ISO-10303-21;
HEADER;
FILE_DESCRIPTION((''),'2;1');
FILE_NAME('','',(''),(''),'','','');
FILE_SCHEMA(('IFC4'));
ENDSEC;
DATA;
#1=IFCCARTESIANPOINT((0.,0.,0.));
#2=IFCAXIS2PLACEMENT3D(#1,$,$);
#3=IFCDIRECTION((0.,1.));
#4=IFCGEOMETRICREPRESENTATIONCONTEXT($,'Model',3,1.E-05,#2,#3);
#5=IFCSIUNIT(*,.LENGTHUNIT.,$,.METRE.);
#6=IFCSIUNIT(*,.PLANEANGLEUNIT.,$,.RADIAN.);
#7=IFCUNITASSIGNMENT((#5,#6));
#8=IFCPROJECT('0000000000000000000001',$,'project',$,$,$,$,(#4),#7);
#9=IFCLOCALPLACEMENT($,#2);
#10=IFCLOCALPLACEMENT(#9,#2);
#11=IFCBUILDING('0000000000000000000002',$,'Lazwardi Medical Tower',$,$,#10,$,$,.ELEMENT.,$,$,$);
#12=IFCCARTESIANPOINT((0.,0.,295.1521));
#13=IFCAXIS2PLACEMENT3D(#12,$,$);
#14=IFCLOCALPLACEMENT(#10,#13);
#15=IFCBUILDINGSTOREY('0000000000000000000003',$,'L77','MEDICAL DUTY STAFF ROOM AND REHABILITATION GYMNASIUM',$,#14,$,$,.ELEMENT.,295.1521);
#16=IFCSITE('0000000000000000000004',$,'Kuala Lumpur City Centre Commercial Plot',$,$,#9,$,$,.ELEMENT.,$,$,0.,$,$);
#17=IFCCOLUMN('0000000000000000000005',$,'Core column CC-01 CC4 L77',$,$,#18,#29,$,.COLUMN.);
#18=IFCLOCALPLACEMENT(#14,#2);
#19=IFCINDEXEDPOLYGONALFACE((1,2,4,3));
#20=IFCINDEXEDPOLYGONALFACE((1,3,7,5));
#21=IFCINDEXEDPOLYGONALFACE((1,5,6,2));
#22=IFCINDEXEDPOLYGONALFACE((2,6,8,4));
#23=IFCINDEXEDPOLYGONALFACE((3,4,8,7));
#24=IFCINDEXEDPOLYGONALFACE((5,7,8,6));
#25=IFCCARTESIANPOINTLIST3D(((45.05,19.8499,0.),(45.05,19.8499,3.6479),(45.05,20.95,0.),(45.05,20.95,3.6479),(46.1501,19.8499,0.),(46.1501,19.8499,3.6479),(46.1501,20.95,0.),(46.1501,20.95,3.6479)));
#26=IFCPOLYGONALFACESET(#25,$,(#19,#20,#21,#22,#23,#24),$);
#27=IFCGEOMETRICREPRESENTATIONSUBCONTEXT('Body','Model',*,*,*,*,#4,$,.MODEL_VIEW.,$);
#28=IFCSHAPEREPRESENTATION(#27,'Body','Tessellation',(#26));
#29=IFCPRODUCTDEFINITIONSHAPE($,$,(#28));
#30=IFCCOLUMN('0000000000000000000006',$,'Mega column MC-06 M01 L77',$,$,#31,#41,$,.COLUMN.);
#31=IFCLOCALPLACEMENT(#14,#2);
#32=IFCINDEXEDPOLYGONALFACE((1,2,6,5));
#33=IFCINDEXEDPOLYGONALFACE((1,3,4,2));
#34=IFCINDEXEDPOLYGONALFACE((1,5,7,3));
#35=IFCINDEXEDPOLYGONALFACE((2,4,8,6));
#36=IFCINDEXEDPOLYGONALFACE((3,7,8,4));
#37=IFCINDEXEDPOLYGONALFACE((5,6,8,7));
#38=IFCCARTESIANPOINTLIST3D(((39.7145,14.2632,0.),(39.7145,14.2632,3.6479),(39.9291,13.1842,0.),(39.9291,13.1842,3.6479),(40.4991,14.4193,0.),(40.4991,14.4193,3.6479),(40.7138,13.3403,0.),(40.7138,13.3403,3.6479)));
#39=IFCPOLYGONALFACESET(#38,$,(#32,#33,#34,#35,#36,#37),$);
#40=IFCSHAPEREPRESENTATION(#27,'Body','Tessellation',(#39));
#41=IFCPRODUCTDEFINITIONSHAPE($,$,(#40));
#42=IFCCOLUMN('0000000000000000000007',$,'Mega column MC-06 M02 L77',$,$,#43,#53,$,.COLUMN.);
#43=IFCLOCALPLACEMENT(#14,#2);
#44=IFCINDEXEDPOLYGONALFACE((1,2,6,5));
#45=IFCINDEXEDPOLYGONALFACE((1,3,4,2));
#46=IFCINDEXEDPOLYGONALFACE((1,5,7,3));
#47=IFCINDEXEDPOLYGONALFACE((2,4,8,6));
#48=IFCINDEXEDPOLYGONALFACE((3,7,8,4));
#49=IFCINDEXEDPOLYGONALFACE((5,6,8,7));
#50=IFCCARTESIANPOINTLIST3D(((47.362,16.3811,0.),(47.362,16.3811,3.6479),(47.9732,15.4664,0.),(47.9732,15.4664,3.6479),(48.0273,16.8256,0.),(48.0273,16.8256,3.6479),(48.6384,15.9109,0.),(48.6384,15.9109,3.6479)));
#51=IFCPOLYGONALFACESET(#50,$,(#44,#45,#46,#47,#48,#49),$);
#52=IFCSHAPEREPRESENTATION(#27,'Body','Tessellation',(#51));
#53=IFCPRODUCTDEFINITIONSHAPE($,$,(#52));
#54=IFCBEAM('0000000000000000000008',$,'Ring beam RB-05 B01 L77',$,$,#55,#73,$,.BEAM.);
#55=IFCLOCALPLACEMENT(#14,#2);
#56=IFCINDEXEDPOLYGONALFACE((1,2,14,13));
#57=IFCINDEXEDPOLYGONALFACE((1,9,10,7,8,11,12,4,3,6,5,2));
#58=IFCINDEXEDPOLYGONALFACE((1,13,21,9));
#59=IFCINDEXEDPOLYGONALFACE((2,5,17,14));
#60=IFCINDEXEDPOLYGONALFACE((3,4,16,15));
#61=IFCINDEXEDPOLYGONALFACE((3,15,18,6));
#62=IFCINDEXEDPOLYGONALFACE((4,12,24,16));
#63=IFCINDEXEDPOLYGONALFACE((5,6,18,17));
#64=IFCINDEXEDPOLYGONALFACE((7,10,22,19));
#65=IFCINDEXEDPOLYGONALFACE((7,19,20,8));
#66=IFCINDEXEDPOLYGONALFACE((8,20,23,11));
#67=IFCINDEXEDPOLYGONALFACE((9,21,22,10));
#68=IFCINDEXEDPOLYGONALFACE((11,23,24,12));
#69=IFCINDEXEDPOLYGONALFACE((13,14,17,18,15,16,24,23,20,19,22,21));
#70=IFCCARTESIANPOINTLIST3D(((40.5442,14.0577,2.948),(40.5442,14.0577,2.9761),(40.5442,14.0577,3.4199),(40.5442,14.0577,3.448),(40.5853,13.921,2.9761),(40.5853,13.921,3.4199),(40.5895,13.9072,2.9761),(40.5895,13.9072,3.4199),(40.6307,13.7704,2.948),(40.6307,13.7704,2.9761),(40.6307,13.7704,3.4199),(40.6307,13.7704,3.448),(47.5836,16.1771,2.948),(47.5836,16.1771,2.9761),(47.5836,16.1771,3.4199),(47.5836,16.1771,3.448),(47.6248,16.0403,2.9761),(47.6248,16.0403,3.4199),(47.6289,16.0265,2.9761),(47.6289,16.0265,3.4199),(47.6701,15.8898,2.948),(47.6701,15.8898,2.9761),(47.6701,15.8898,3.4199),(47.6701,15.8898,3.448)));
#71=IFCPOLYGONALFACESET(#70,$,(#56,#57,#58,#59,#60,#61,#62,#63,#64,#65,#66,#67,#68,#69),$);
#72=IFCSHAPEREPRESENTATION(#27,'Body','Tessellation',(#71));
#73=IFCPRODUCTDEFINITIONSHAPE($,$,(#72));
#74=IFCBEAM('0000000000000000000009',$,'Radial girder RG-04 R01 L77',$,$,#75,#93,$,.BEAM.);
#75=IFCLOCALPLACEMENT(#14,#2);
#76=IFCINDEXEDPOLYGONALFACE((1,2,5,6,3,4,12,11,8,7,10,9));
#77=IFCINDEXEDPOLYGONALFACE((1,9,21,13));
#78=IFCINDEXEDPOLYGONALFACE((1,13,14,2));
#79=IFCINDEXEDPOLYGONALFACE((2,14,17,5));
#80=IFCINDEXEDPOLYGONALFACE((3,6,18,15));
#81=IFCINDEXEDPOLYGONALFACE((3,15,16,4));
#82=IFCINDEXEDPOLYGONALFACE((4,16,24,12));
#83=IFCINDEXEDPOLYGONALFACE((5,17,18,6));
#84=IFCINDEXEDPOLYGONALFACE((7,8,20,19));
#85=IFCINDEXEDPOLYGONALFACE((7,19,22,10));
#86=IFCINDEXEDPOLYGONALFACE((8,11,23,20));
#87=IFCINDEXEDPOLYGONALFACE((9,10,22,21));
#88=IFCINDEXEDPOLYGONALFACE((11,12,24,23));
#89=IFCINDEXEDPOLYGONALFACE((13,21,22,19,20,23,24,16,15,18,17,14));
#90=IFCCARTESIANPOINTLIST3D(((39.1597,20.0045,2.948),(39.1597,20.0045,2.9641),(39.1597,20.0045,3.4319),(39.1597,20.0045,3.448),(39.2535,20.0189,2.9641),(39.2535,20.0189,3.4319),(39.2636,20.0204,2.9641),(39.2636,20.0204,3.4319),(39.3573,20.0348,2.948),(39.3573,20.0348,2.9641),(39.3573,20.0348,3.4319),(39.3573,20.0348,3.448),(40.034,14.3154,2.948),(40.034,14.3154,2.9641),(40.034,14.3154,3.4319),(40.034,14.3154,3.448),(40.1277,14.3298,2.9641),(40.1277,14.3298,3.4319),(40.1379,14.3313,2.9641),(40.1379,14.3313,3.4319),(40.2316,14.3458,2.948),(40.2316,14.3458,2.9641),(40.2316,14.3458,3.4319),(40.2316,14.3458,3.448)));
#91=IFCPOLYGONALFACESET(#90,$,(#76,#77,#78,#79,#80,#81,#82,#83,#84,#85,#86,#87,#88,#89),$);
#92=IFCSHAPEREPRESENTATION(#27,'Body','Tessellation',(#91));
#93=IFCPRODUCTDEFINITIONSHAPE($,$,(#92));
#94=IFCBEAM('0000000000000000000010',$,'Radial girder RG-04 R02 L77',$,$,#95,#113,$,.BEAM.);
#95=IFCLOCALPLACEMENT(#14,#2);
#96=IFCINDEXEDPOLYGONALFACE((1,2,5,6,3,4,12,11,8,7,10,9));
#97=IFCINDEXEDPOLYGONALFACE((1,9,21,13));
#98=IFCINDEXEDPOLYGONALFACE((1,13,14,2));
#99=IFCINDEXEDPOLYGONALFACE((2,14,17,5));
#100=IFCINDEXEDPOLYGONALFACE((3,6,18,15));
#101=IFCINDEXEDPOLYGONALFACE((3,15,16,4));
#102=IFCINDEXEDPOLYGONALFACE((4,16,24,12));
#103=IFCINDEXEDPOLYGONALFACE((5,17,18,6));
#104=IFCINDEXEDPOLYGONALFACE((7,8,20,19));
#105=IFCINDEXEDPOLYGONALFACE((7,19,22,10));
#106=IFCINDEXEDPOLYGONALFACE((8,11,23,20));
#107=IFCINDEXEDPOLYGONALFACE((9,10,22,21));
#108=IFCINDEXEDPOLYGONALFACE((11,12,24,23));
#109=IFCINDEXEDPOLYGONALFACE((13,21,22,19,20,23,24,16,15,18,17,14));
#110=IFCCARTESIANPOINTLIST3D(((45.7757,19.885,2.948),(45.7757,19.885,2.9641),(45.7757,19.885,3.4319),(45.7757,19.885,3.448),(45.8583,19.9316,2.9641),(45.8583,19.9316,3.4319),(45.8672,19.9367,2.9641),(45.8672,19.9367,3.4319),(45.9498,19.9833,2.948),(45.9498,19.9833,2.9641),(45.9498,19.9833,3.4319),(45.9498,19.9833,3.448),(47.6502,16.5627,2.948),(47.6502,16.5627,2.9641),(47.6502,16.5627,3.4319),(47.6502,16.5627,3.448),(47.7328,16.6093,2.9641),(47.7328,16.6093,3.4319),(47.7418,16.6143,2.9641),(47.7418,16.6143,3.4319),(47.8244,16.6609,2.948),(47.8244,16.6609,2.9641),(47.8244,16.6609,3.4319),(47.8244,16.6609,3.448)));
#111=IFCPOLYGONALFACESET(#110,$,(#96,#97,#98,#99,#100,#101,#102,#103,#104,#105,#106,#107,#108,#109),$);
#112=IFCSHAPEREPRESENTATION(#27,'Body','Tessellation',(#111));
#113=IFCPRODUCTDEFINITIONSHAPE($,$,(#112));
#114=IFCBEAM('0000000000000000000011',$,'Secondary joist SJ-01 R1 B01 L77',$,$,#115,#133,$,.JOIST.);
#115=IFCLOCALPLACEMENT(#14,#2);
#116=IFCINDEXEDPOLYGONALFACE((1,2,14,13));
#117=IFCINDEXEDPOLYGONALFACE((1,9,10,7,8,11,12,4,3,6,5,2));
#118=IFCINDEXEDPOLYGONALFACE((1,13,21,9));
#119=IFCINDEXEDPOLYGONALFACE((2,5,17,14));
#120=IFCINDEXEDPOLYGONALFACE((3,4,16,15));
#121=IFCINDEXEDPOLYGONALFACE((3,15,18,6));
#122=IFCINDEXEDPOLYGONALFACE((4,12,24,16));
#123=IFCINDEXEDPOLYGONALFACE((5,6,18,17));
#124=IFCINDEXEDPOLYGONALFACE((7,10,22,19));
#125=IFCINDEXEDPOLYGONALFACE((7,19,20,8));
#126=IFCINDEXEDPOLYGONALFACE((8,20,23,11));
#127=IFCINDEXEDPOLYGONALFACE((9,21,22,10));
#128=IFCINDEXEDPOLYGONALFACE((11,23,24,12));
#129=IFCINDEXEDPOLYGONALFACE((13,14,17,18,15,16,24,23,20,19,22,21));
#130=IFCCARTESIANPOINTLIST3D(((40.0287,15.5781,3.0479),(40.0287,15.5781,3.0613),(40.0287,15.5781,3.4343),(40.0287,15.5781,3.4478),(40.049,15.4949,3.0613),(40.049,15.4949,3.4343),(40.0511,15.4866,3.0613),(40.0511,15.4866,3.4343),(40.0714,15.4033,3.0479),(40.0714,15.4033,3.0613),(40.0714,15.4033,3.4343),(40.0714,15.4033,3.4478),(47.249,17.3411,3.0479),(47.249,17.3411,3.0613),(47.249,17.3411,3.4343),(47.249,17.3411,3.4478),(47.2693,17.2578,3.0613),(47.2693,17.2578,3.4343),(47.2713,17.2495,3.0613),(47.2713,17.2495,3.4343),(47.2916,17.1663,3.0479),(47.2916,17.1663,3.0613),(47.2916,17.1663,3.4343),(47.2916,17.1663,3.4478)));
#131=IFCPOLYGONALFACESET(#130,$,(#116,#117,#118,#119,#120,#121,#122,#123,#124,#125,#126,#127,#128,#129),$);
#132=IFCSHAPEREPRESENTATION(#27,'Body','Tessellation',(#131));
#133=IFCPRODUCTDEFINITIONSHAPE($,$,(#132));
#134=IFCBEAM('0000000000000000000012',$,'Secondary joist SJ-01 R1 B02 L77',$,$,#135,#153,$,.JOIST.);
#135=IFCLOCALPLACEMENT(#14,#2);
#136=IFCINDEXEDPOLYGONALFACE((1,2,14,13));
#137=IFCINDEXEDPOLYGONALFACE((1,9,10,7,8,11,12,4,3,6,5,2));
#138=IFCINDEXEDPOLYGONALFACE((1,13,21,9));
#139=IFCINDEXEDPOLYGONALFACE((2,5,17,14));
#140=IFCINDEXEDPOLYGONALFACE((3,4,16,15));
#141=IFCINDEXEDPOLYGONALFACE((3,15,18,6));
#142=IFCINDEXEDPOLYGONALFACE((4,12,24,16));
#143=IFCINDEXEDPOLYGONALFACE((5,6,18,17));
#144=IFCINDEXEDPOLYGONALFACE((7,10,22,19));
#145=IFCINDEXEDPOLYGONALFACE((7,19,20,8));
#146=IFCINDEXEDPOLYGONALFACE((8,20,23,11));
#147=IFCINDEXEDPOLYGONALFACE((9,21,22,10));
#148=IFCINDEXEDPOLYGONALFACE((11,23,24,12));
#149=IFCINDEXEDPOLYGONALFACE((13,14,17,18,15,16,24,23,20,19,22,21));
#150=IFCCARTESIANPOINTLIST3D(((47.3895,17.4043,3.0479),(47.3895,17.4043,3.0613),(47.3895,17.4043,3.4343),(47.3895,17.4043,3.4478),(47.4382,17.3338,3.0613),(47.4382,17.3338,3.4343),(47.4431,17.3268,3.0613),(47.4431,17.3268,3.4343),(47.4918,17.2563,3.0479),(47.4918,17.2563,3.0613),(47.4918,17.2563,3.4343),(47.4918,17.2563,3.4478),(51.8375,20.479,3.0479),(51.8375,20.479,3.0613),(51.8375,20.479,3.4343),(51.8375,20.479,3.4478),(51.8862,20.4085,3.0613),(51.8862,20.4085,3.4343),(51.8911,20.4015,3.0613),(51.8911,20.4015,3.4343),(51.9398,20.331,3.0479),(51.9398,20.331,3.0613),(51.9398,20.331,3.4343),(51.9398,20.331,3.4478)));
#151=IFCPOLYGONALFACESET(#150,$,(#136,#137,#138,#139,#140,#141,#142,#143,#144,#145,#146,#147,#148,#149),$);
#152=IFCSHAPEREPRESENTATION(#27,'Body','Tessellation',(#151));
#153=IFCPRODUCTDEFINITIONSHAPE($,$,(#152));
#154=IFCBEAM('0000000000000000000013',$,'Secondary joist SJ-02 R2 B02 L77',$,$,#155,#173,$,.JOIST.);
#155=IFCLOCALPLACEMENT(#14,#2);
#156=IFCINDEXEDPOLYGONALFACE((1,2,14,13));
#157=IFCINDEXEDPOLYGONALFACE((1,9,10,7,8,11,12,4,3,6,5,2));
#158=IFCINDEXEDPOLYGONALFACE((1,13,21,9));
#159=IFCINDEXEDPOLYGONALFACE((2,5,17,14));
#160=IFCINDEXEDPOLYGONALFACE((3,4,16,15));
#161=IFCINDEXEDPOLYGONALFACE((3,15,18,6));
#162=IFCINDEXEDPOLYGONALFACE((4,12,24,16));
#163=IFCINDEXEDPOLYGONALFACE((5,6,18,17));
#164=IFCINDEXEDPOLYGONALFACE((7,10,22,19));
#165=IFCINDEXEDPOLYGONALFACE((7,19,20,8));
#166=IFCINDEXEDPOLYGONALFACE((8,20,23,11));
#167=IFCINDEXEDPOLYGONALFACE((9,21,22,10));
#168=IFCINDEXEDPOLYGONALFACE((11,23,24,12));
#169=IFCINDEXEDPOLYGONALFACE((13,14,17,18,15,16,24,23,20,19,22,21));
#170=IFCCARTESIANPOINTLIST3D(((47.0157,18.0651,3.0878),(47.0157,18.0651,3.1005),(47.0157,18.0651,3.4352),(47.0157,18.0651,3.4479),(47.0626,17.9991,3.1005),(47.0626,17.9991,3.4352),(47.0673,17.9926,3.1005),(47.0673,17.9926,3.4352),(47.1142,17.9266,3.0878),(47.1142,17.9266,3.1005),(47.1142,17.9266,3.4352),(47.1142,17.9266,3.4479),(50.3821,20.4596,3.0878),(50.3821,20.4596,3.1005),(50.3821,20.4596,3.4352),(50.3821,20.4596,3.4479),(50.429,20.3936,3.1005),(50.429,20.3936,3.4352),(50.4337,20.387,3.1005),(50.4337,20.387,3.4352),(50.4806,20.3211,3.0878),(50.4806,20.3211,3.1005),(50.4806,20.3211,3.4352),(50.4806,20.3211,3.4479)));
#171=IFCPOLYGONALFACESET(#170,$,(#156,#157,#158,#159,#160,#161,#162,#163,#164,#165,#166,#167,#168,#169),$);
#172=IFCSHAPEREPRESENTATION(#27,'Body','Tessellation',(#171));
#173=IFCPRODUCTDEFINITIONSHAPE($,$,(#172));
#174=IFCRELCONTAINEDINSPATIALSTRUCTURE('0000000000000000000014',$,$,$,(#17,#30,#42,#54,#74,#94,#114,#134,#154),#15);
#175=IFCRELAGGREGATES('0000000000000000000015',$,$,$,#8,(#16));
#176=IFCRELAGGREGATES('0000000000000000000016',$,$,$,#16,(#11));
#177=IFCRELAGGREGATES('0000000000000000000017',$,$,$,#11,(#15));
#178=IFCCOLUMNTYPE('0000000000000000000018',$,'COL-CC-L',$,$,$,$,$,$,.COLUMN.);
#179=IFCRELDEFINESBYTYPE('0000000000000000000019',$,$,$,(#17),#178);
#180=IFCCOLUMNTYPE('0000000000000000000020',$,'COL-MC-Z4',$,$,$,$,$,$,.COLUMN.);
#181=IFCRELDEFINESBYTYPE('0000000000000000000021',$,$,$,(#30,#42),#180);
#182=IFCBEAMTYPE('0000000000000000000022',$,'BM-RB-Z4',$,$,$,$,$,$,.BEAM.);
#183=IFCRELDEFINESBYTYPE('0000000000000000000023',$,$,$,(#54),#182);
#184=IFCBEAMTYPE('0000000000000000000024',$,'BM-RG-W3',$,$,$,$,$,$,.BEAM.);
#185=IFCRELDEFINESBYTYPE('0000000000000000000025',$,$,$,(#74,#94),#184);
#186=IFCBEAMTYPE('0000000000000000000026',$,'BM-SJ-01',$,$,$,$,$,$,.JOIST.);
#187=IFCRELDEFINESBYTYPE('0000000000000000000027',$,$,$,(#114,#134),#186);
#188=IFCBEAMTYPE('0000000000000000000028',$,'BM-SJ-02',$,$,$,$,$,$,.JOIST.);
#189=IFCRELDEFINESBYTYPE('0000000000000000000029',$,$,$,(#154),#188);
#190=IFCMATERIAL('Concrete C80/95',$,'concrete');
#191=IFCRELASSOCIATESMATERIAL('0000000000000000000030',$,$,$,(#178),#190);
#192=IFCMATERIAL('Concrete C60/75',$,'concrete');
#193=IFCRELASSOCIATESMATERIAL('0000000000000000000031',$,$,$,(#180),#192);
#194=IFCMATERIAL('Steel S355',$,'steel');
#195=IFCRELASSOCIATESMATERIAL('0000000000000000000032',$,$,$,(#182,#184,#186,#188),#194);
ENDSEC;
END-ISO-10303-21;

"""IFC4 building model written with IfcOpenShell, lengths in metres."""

from ifc_helpers import new_model, si_unit, direction, frame, origin, origin_2d, place, context, subcontext, project, spatial, rectangle, i_section, extrude, material, material_profile, profile_set, type_object, element, save


model = new_model("IFC4")

# Units and contexts
model_context = context("Model", 3, precision=1e-05, world=origin(), true_north=direction((0.0, 1.0)))
body_context = subcontext(model_context, "Body", "Model", "MODEL_VIEW")
ifc_project = project(units=[si_unit("LENGTHUNIT", "METRE"), si_unit("PLANEANGLEUNIT", "RADIAN")], contexts=[model_context])

# Site, building, storey
site_placement = place(None, origin())
site = spatial("IfcSite", under=ifc_project, at=site_placement, Name="Kuala Lumpur City Centre Commercial Plot", CompositionType="ELEMENT", RefElevation=0.0)
building_placement = place(site_placement, origin())
building = spatial("IfcBuilding", under=site, at=building_placement, Name="Lazwardi Medical Tower", CompositionType="ELEMENT")
storey_placement = place(building_placement, frame((0.0, 0.0, 295.1521)))
storey = spatial("IfcBuildingStorey", under=building, at=storey_placement, Name="L77", Description="MEDICAL DUTY STAFF ROOM AND REHABILITATION GYMNASIUM", CompositionType="ELEMENT", Elevation=295.1521)

# Columns
ifc_material_1 = material(Name="Concrete C80/95", Category="concrete")
ifc_material_profile_1 = material_profile(ifc_material_1, rectangle(XDim=1.1001, YDim=1.1001, at=origin_2d()), Name="RC 1100x1100")
ifc_profile_set_1 = profile_set([ifc_material_profile_1], Name="Concrete C80/95")
column_type_1 = type_object("IfcColumnType", Name="COL-CC-L", PredefinedType="COLUMN", material=ifc_profile_set_1)
column_placement = place(storey_placement, frame((45.6001, 20.3999, 0.0), z_axis=(0.0, 0.0, 1.0), x_axis=(1.0, 0.0, 0.0)))
element("IfcColumn", 1, at=column_placement, inside=storey, type_object=column_type_1, Name="Core column CC-01 CC4 L77", PredefinedType="COLUMN", context=body_context, shape_type="SweptSolid", body=[
    extrude(rectangle(XDim=1.1001, YDim=1.1001, at=origin_2d()), origin(), (0.0, 0.0, 1.0), 3.6479),
])
ifc_material_2 = material(Name="Concrete C60/75", Category="concrete")
ifc_material_profile_2 = material_profile(ifc_material_2, rectangle(XDim=1.1001, YDim=0.8, at=origin_2d()), Name="CFT-RECT 1100x800")
ifc_profile_set_2 = profile_set([ifc_material_profile_2], Name="Concrete C60/75")
column_type_2 = type_object("IfcColumnType", Name="COL-MC-Z4", PredefinedType="COLUMN", material=ifc_profile_set_2)
for number, where, z_axis, x_axis, name in (
    (2, (40.2141, 13.8018, 0.0), (0.0, 0.0, 1.0), (0.19509, -0.980785, 0.0), "Mega column MC-06 M01 L77"),
    (3, (48.0002, 16.146, 0.0), (0.0, 0.0, 1.0), (0.55557, -0.83147, 0.0), "Mega column MC-06 M02 L77"),
):
    element("IfcColumn", number, at=place(storey_placement, frame(where, z_axis=z_axis, x_axis=x_axis)), inside=storey, type_object=column_type_2, Name=name, PredefinedType="COLUMN", context=body_context, shape_type="SweptSolid", body=[
        extrude(rectangle(XDim=1.1001, YDim=0.8, at=origin_2d()), origin(), (0.0, 0.0, 1.0), 3.6479),
    ])

# Beams
ifc_material_3 = material(Name="Steel S355", Category="steel")
ifc_material_profile_3 = material_profile(ifc_material_3, i_section(OverallWidth=0.3, OverallDepth=0.5, WebThickness=0.0144, FlangeThickness=0.0281, at=origin_2d()), Name="HEB 500")
ifc_profile_set_3 = profile_set([ifc_material_profile_3], Name="Steel S355")
beam_type_1 = type_object("IfcBeamType", Name="BM-RB-Z4", PredefinedType="BEAM", material=ifc_profile_set_3)
beam_1_placement = place(storey_placement, frame((40.5874, 13.9141, 3.198), z_axis=(0.957544, 0.288286, 0.0), x_axis=(-0.288286, 0.957544, 0.0)))
element("IfcBeam", 4, at=beam_1_placement, inside=storey, type_object=beam_type_1, Name="Ring beam RB-05 B01 L77", PredefinedType="BEAM", context=body_context, shape_type="SweptSolid", body=[
    extrude(i_section(OverallWidth=0.3, OverallDepth=0.5, WebThickness=0.0144, FlangeThickness=0.0281, at=origin_2d()), origin(), (0.0, 0.0, 1.0), 7.3516),
])
ifc_material_profile_4 = material_profile(ifc_material_3, i_section(OverallWidth=0.2, OverallDepth=0.5, WebThickness=0.0103, FlangeThickness=0.0161, at=origin_2d()), Name="IPE 500")
ifc_profile_set_4 = profile_set([ifc_material_profile_4], Name="Steel S355")
beam_type_2 = type_object("IfcBeamType", Name="BM-RG-W3", PredefinedType="BEAM", material=ifc_profile_set_4)
beam_2_placement = place(storey_placement, frame((40.1328, 14.3306, 3.198), z_axis=(-0.151895, 0.988397, 0.0), x_axis=(-0.988397, -0.151895, 0.0)))
element("IfcBeam", 5, at=beam_2_placement, inside=storey, type_object=beam_type_2, Name="Radial girder RG-04 R01 L77", PredefinedType="BEAM", context=body_context, shape_type="SweptSolid", body=[
    extrude(i_section(OverallWidth=0.2, OverallDepth=0.5, WebThickness=0.0103, FlangeThickness=0.0161, at=origin_2d()), origin(), (0.0, 0.0, 1.0), 5.7559),
])
beam_3_placement = place(storey_placement, frame((47.7373, 16.6118, 3.198), z_axis=(-0.491403, 0.870932, 0.0), x_axis=(-0.870932, -0.491403, 0.0)))
element("IfcBeam", 6, at=beam_3_placement, inside=storey, type_object=beam_type_2, Name="Radial girder RG-04 R02 L77", PredefinedType="BEAM", context=body_context, shape_type="SweptSolid", body=[
    extrude(i_section(OverallWidth=0.2, OverallDepth=0.5, WebThickness=0.0103, FlangeThickness=0.0161, at=origin_2d()), origin(), (0.0, 0.0, 1.0), 3.8147),
])
ifc_material_profile_5 = material_profile(ifc_material_3, i_section(OverallWidth=0.1799, OverallDepth=0.3999, WebThickness=0.0085, FlangeThickness=0.0134, at=origin_2d()), Name="IPE 400")
ifc_profile_set_5 = profile_set([ifc_material_profile_5], Name="Steel S355")
beam_type_3 = type_object("IfcBeamType", Name="BM-SJ-01", PredefinedType="JOIST", material=ifc_profile_set_5)
beam_4_placement = place(storey_placement, frame((40.05, 15.4907, 3.2478), z_axis=(0.971461, 0.237199, 0.0), x_axis=(-0.237199, 0.971461, 0.0)))
element("IfcBeam", 7, at=beam_4_placement, inside=storey, type_object=beam_type_3, Name="Secondary joist SJ-01 R1 B01 L77", PredefinedType="JOIST", context=body_context, shape_type="SweptSolid", body=[
    extrude(i_section(OverallWidth=0.1799, OverallDepth=0.3999, WebThickness=0.0085, FlangeThickness=0.0134, at=origin_2d()), origin(), (0.0, 0.0, 1.0), 7.4324),
])
beam_5_placement = place(storey_placement, frame((47.4407, 17.3303, 3.2478), z_axis=(0.822597, 0.568625, 0.0), x_axis=(-0.568625, 0.822597, 0.0)))
element("IfcBeam", 8, at=beam_5_placement, inside=storey, type_object=beam_type_3, Name="Secondary joist SJ-01 R1 B02 L77", PredefinedType="JOIST", context=body_context, shape_type="SweptSolid", body=[
    extrude(i_section(OverallWidth=0.1799, OverallDepth=0.3999, WebThickness=0.0085, FlangeThickness=0.0134, at=origin_2d()), origin(), (0.0, 0.0, 1.0), 5.4072),
])
ifc_material_profile_6 = material_profile(ifc_material_3, i_section(OverallWidth=0.1699, OverallDepth=0.3601, WebThickness=0.0081, FlangeThickness=0.0127, at=origin_2d()), Name="IPE 360")
ifc_profile_set_6 = profile_set([ifc_material_profile_6], Name="Steel S355")
beam_type_4 = type_object("IfcBeamType", Name="BM-SJ-02", PredefinedType="JOIST", material=ifc_profile_set_6)
beam_6_placement = place(storey_placement, frame((47.0649, 17.9958, 3.2678), z_axis=(0.814886, 0.579621, 0.0), x_axis=(-0.579621, 0.814886, 0.0)))
element("IfcBeam", 9, at=beam_6_placement, inside=storey, type_object=beam_type_4, Name="Secondary joist SJ-02 R2 B02 L77", PredefinedType="JOIST", context=body_context, shape_type="SweptSolid", body=[
    extrude(i_section(OverallWidth=0.1699, OverallDepth=0.3601, WebThickness=0.0081, FlangeThickness=0.0127, at=origin_2d()), origin(), (0.0, 0.0, 1.0), 4.1311),
])

save(model, "model.ifc")
